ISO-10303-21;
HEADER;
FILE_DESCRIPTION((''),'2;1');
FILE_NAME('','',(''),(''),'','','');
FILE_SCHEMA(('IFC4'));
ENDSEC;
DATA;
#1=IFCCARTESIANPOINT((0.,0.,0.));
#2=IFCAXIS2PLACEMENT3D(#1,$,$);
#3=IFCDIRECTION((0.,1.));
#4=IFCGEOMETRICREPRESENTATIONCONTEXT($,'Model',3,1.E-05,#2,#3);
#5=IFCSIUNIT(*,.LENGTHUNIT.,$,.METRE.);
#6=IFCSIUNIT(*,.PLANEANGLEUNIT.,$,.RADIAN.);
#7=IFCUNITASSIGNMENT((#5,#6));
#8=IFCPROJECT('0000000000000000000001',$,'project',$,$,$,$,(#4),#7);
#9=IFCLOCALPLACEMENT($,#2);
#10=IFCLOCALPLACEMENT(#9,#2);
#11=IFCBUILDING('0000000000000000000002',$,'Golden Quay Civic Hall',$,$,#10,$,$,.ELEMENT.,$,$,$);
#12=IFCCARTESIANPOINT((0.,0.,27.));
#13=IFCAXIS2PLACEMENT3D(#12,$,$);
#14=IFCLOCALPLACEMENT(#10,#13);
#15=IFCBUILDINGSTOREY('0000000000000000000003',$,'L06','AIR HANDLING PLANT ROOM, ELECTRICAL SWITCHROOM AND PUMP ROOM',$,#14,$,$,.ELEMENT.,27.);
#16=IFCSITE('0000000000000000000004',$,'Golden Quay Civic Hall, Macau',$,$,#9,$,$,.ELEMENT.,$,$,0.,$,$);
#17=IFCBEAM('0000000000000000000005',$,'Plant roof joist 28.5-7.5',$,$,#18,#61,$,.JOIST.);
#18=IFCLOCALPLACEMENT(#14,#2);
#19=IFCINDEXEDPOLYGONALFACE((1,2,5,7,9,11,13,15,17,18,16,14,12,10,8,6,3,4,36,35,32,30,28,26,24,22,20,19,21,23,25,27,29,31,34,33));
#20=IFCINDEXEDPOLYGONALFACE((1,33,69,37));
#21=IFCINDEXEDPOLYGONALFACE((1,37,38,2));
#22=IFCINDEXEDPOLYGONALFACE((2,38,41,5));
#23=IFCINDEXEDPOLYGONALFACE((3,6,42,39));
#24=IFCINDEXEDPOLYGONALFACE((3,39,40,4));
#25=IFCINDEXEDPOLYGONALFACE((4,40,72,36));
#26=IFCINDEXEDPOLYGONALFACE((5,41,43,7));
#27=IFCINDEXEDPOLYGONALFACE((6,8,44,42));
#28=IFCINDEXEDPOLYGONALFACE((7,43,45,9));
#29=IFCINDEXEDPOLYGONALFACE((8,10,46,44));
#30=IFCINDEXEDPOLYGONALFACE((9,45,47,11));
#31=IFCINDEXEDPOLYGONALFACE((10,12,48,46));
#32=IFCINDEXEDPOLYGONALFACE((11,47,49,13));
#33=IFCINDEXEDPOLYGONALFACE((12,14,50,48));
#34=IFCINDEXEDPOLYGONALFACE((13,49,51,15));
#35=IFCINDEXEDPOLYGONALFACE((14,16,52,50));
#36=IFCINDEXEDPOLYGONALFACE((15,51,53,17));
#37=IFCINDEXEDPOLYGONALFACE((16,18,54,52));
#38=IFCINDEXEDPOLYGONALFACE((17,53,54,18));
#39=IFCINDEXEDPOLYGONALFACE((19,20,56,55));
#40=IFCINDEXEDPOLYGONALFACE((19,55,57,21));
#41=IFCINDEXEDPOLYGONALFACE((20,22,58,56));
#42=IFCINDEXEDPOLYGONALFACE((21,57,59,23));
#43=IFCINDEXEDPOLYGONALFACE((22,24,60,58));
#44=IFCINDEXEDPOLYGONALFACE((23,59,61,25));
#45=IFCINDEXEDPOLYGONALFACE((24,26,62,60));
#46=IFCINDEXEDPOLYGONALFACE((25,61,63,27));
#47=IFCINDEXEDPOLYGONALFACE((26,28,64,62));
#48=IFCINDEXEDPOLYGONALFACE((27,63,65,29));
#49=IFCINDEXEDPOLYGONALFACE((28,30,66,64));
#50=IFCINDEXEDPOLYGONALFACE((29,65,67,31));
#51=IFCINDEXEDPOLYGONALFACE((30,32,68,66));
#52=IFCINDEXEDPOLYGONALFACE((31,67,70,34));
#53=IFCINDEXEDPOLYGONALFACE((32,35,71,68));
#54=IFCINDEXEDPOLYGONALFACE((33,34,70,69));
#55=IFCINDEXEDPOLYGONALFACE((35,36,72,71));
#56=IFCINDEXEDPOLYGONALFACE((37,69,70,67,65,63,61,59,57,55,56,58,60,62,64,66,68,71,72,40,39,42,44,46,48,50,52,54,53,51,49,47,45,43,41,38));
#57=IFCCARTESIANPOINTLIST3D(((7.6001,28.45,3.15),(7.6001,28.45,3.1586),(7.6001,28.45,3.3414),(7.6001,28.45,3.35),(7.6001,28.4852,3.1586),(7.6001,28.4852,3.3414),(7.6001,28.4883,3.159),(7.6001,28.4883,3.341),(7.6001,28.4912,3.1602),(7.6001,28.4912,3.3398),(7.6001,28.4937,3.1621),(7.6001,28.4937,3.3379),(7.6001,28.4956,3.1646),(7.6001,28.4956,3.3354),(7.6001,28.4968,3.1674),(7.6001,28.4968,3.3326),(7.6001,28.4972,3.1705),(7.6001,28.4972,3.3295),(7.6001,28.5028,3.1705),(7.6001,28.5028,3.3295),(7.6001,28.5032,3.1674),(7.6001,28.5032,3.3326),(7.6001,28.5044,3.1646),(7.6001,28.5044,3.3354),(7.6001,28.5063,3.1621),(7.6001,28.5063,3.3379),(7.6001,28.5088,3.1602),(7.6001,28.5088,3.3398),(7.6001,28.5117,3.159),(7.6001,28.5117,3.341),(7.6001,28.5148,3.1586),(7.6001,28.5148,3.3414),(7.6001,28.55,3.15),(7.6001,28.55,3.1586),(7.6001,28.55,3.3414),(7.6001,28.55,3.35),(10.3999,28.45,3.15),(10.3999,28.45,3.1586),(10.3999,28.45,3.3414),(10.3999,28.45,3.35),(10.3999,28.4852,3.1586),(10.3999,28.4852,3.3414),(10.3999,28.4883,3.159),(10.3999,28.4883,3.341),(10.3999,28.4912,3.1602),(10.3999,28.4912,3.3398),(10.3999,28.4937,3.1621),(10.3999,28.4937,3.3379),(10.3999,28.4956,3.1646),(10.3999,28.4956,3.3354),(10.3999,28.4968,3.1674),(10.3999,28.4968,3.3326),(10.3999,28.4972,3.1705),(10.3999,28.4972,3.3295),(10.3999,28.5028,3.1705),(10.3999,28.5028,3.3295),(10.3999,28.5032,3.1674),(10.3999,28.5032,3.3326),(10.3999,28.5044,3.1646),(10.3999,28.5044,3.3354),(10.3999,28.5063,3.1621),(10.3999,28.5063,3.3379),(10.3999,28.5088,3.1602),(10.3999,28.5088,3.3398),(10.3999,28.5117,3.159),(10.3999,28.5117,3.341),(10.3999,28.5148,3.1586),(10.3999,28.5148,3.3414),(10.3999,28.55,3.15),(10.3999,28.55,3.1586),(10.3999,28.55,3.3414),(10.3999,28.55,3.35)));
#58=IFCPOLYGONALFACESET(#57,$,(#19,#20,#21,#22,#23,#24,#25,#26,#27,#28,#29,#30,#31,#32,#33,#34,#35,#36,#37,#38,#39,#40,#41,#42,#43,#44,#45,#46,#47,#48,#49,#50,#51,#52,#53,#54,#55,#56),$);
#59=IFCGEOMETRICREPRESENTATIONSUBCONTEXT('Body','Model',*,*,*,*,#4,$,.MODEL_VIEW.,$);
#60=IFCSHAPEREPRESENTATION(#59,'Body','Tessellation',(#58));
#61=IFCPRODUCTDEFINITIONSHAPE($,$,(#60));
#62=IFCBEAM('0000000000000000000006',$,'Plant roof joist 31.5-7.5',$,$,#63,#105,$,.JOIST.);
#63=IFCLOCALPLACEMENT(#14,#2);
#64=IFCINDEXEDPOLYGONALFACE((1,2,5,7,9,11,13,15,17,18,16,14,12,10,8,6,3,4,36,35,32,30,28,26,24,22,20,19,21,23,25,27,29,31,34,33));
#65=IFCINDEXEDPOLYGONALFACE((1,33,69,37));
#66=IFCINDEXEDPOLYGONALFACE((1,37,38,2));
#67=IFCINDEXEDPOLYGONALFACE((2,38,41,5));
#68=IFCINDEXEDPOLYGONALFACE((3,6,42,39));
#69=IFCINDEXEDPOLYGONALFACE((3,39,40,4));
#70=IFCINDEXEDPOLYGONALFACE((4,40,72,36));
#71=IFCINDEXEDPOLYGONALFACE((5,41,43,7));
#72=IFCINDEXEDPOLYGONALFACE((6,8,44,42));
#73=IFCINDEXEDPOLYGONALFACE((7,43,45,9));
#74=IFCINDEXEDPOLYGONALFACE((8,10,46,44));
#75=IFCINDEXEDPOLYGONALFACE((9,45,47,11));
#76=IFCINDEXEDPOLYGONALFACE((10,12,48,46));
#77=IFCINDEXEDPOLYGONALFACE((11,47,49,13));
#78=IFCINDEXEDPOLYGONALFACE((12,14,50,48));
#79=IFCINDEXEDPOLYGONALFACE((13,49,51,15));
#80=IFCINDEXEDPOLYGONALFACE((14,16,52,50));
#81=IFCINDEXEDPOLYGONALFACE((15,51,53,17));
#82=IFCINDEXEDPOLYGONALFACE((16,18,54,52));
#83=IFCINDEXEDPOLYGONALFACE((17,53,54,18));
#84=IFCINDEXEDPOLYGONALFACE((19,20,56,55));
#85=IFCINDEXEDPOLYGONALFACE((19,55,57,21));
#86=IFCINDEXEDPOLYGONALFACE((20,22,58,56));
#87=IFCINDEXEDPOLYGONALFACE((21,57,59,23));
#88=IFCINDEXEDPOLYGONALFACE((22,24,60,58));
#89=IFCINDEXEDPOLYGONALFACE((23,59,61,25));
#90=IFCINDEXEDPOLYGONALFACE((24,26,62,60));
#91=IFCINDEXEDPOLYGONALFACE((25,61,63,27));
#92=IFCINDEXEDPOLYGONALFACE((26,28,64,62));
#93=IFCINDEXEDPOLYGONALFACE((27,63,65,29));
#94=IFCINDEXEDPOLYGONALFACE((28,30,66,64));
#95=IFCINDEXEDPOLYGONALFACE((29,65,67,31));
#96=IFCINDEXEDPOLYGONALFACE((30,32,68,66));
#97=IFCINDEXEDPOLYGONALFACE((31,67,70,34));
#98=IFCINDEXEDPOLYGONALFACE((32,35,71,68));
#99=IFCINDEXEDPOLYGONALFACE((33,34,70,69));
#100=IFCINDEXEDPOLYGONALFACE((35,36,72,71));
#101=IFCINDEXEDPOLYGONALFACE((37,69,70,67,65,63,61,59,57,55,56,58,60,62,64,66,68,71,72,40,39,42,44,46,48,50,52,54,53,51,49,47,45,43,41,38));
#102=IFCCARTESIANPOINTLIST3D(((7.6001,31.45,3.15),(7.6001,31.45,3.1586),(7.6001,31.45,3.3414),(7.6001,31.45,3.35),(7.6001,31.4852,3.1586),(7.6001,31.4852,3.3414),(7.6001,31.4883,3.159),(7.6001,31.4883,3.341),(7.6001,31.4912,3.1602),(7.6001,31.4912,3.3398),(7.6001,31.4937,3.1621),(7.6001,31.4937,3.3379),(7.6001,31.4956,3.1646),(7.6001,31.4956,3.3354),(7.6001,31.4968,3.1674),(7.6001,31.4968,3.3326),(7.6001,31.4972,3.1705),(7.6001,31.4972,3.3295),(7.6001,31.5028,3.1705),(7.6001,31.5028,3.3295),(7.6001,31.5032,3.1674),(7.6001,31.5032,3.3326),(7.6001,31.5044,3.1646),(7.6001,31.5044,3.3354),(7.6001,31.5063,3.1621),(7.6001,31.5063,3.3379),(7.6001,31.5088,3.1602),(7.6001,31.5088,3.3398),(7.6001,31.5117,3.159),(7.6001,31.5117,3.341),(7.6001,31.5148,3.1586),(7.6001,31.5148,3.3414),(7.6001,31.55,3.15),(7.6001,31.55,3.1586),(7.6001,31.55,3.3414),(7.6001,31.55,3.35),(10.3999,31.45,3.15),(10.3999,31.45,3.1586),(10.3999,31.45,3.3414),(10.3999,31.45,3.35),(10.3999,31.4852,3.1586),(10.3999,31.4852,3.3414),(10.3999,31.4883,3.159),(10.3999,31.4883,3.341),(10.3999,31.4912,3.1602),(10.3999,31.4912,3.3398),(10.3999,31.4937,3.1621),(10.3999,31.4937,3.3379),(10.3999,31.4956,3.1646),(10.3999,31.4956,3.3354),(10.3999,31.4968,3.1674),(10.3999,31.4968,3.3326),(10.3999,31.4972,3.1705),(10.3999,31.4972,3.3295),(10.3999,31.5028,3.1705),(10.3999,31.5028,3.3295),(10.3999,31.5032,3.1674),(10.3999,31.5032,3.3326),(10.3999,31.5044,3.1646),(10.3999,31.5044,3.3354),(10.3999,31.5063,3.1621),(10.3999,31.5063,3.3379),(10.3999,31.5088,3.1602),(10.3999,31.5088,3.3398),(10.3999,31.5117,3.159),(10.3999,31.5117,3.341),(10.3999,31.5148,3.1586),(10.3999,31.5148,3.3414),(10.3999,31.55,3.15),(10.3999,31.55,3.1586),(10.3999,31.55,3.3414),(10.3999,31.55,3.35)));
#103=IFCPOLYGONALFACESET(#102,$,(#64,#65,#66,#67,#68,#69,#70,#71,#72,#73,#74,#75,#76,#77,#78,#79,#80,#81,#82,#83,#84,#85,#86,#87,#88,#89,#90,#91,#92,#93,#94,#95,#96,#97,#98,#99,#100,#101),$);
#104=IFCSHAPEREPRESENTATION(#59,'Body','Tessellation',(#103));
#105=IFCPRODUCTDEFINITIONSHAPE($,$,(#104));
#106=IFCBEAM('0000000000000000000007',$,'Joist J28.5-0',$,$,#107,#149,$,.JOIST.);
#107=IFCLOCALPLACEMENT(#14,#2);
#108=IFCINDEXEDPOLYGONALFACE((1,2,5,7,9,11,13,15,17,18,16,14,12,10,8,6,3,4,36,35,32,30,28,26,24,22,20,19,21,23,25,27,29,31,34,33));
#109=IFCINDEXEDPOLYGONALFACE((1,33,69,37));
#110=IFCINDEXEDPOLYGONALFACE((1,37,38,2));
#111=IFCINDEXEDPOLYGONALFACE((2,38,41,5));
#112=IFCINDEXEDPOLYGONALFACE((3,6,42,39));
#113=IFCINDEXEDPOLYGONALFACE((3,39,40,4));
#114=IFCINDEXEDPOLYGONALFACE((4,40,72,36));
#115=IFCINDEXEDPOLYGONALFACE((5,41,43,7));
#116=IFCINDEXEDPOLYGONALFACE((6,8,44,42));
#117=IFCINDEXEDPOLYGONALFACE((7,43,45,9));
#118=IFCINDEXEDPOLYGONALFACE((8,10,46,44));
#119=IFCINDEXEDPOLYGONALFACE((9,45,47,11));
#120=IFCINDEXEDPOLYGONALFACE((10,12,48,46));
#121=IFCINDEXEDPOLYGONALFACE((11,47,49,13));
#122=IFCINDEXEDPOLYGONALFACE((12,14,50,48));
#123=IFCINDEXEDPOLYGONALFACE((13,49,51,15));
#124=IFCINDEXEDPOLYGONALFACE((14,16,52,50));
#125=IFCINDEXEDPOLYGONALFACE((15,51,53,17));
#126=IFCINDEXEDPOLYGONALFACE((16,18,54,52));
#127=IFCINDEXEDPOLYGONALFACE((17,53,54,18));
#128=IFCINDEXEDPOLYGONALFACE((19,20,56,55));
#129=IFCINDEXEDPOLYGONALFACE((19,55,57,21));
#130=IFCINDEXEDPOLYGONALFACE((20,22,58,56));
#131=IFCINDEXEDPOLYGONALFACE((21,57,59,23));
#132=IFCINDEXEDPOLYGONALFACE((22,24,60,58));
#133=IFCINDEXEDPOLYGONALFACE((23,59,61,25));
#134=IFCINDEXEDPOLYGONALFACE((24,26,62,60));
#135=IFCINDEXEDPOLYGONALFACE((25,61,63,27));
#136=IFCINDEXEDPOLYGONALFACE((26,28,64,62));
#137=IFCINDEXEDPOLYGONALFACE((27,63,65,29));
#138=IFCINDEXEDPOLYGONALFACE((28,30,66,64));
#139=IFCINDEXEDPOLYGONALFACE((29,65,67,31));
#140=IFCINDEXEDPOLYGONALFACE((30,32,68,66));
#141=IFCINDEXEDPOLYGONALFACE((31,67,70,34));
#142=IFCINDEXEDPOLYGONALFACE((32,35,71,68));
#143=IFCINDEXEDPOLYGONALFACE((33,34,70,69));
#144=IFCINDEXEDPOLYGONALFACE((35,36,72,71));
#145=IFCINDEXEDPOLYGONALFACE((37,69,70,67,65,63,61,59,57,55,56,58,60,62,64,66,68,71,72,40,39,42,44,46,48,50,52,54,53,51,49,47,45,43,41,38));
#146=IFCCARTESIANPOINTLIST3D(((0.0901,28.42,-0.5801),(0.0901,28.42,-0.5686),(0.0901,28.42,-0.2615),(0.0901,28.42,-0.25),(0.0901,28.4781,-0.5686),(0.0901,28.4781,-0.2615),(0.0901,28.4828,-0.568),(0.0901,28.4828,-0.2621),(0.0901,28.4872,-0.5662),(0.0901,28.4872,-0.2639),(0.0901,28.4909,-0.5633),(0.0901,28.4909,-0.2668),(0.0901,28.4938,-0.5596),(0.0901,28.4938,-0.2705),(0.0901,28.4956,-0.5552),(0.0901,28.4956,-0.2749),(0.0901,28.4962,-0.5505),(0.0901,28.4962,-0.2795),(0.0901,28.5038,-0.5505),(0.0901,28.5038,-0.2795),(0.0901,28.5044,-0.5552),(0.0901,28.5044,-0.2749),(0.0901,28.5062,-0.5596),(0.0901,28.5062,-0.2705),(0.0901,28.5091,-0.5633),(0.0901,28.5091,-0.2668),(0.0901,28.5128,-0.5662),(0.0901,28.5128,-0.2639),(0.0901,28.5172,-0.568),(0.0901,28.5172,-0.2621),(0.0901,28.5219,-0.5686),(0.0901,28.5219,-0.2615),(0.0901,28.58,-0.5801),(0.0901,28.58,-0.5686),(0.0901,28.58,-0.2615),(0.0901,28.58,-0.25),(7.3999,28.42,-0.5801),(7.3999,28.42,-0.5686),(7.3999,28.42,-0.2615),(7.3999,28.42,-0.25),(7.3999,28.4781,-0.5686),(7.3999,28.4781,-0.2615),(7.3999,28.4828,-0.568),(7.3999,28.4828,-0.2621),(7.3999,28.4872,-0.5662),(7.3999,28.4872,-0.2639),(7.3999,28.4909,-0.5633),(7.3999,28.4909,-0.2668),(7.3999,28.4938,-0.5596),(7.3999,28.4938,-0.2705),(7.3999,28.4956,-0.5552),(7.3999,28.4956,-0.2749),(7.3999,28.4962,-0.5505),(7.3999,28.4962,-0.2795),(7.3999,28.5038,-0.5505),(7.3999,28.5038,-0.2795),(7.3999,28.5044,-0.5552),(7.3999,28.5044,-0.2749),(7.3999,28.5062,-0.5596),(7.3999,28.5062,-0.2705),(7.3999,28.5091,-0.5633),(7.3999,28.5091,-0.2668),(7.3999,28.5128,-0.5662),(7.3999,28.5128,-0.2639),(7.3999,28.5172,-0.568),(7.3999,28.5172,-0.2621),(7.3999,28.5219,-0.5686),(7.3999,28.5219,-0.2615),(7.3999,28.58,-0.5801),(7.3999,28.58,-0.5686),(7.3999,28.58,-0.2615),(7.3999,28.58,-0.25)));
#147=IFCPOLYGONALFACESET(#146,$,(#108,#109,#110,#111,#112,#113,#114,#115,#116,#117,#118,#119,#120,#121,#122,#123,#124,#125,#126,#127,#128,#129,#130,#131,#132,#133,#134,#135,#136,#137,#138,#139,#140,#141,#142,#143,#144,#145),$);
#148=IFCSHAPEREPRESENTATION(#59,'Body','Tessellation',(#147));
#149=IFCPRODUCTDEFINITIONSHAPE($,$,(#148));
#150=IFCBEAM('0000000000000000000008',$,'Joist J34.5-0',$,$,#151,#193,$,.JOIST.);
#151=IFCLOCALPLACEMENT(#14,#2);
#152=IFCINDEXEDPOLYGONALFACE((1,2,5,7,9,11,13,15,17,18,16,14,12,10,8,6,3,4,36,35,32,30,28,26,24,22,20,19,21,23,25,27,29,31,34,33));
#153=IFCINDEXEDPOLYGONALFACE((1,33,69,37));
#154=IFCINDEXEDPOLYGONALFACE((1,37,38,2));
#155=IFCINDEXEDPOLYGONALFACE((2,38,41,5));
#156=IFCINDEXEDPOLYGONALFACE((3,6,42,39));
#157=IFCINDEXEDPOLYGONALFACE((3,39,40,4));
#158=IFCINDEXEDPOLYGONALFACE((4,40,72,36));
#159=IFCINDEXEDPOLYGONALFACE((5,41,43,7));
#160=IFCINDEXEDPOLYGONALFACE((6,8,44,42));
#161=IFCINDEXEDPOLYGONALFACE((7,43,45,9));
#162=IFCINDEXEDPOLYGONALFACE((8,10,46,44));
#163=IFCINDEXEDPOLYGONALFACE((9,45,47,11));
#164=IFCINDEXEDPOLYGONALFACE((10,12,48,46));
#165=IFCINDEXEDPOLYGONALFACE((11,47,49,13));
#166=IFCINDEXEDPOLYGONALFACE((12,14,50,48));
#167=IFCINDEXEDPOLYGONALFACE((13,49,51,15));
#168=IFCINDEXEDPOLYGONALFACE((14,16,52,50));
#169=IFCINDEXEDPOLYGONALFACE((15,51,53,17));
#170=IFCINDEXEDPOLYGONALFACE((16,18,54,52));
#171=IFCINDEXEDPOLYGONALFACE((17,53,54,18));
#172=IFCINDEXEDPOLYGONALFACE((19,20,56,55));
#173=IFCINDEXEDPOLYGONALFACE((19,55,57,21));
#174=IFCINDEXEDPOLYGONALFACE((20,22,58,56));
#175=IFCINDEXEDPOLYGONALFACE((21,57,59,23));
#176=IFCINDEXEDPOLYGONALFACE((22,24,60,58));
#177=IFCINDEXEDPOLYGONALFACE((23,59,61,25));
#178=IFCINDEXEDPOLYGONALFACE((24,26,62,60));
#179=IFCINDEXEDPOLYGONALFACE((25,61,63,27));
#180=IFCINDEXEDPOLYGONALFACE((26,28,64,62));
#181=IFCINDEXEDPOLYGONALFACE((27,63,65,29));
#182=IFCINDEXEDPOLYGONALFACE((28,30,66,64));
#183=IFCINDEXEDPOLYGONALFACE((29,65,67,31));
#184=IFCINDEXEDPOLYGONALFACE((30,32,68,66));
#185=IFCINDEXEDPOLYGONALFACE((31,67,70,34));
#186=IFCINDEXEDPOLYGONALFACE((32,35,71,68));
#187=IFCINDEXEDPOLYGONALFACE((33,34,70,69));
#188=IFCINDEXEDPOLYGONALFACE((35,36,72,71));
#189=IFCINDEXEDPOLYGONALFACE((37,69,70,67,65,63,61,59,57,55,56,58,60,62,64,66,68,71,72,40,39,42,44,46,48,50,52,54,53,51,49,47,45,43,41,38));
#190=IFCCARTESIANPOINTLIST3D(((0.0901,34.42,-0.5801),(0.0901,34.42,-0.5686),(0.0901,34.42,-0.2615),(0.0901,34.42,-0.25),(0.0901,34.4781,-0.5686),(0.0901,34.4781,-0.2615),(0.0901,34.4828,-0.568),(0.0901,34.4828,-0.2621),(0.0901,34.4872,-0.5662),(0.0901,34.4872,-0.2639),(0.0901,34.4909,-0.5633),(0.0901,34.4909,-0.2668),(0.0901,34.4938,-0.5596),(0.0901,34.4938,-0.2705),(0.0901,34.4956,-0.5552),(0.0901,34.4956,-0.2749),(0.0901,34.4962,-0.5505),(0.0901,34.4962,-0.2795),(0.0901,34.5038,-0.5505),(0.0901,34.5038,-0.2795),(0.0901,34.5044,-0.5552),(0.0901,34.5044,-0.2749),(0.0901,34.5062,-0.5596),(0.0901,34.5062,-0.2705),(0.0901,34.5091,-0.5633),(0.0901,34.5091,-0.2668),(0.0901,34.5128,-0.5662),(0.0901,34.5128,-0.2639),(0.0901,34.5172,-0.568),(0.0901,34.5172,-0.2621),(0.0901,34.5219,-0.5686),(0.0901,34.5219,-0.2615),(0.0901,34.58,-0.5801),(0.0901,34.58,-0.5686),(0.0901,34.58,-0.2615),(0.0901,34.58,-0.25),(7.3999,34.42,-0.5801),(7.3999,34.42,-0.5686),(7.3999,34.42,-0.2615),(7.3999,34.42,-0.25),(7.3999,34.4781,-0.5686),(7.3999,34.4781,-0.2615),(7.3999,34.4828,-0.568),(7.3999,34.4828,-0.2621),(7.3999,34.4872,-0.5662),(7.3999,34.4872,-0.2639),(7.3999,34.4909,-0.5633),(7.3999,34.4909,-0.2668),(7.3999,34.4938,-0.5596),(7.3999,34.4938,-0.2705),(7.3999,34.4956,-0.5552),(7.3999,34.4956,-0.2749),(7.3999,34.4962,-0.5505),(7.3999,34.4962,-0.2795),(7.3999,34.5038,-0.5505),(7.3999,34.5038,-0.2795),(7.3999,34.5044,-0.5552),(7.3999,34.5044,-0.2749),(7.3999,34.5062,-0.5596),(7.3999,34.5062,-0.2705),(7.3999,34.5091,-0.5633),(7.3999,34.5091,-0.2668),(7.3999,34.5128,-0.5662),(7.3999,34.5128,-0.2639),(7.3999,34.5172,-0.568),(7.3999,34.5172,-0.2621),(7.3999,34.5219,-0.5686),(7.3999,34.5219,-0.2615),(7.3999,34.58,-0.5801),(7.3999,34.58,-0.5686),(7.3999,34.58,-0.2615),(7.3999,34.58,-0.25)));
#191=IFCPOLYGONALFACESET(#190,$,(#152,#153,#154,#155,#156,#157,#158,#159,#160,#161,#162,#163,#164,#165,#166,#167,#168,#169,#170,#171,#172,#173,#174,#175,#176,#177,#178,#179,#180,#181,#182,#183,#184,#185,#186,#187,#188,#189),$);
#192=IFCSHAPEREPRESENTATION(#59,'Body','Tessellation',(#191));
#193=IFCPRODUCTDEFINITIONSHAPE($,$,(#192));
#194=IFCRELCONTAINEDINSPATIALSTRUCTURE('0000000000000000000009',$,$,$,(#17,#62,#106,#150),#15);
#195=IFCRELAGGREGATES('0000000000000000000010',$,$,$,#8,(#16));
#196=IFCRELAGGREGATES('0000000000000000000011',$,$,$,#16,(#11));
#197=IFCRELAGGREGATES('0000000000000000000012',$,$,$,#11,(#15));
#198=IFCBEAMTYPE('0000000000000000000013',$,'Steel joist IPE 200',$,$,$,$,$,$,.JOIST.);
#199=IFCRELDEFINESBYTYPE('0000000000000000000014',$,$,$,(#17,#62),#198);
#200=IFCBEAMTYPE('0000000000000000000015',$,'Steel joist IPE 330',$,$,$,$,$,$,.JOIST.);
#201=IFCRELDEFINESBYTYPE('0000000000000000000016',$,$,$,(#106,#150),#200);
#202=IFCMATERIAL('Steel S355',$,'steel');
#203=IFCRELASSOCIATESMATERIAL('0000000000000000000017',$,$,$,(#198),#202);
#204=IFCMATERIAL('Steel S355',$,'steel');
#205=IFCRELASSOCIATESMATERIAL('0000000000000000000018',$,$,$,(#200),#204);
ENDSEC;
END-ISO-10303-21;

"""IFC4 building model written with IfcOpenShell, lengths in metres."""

from ifc_helpers import new_model, si_unit, direction, frame, origin, origin_2d, place, context, subcontext, project, spatial, i_section, extrude, material, material_profile, profile_set, type_object, element, save


model = new_model("IFC4")

# Units and contexts
model_context = context("Model", 3, precision=1e-05, world=origin(), true_north=direction((0.0, 1.0)))
body_context = subcontext(model_context, "Body", "Model", "MODEL_VIEW")
ifc_project = project(units=[si_unit("LENGTHUNIT", "METRE"), si_unit("PLANEANGLEUNIT", "RADIAN")], contexts=[model_context])

# Site, building, storey
site_placement = place(None, origin())
site = spatial("IfcSite", under=ifc_project, at=site_placement, Name="Golden Quay Civic Hall, Macau", CompositionType="ELEMENT", RefElevation=0.0)
building_placement = place(site_placement, origin())
building = spatial("IfcBuilding", under=site, at=building_placement, Name="Golden Quay Civic Hall", CompositionType="ELEMENT")
storey_placement = place(building_placement, frame((0.0, 0.0, 27.0)))
storey = spatial("IfcBuildingStorey", under=building, at=storey_placement, Name="L06", Description="AIR HANDLING PLANT ROOM, ELECTRICAL SWITCHROOM AND PUMP ROOM", CompositionType="ELEMENT", Elevation=27.0)

# Beams
ifc_material_1 = material(Name="Steel S355", Category="steel")
ifc_material_profile_1 = material_profile(ifc_material_1, i_section(OverallWidth=0.1001, OverallDepth=0.2, WebThickness=0.0056, FlangeThickness=0.0085, FilletRadius=0.012, at=origin_2d()), Name="IPE 200")
ifc_profile_set_1 = profile_set([ifc_material_profile_1], Name="Steel S355")
beam_type_1 = type_object("IfcBeamType", Name="Steel joist IPE 200", PredefinedType="JOIST", material=ifc_profile_set_1)
for number, where, z_axis, x_axis, name in (
    (1, (7.6001, 28.5, 3.25), (1.0, 0.0, 0.0), (0.0, 1.0, 0.0), "Plant roof joist 28.5-7.5"),
    (2, (7.6001, 31.5, 3.25), (1.0, 0.0, 0.0), (0.0, 1.0, 0.0), "Plant roof joist 31.5-7.5"),
):
    element("IfcBeam", number, at=place(storey_placement, frame(where, z_axis=z_axis, x_axis=x_axis)), inside=storey, type_object=beam_type_1, Name=name, PredefinedType="JOIST", context=body_context, shape_type="SweptSolid", body=[
        extrude(i_section(OverallWidth=0.1001, OverallDepth=0.2, WebThickness=0.0056, FlangeThickness=0.0085, FilletRadius=0.012, at=origin_2d()), origin(), (0.0, 0.0, 1.0), 2.7998),
    ])
ifc_material_2 = material(Name="Steel S355", Category="steel")
ifc_material_profile_2 = material_profile(ifc_material_2, i_section(OverallWidth=0.1599, OverallDepth=0.3301, WebThickness=0.0076, FlangeThickness=0.0115, FilletRadius=0.0181, at=origin_2d()), Name="IPE 330")
ifc_profile_set_2 = profile_set([ifc_material_profile_2], Name="Steel S355")
beam_type_2 = type_object("IfcBeamType", Name="Steel joist IPE 330", PredefinedType="JOIST", material=ifc_profile_set_2)
for number, where, z_axis, x_axis, name in (
    (3, (0.0901, 28.5, -0.415), (1.0, 0.0, 0.0), (0.0, 1.0, 0.0), "Joist J28.5-0"),
    (4, (0.0901, 34.5, -0.415), (1.0, 0.0, 0.0), (0.0, 1.0, 0.0), "Joist J34.5-0"),
):
    element("IfcBeam", number, at=place(storey_placement, frame(where, z_axis=z_axis, x_axis=x_axis)), inside=storey, type_object=beam_type_2, Name=name, PredefinedType="JOIST", context=body_context, shape_type="SweptSolid", body=[
        extrude(i_section(OverallWidth=0.1599, OverallDepth=0.3301, WebThickness=0.0076, FlangeThickness=0.0115, FilletRadius=0.0181, at=origin_2d()), origin(), (0.0, 0.0, 1.0), 7.3098),
    ])

save(model, "model.ifc")
